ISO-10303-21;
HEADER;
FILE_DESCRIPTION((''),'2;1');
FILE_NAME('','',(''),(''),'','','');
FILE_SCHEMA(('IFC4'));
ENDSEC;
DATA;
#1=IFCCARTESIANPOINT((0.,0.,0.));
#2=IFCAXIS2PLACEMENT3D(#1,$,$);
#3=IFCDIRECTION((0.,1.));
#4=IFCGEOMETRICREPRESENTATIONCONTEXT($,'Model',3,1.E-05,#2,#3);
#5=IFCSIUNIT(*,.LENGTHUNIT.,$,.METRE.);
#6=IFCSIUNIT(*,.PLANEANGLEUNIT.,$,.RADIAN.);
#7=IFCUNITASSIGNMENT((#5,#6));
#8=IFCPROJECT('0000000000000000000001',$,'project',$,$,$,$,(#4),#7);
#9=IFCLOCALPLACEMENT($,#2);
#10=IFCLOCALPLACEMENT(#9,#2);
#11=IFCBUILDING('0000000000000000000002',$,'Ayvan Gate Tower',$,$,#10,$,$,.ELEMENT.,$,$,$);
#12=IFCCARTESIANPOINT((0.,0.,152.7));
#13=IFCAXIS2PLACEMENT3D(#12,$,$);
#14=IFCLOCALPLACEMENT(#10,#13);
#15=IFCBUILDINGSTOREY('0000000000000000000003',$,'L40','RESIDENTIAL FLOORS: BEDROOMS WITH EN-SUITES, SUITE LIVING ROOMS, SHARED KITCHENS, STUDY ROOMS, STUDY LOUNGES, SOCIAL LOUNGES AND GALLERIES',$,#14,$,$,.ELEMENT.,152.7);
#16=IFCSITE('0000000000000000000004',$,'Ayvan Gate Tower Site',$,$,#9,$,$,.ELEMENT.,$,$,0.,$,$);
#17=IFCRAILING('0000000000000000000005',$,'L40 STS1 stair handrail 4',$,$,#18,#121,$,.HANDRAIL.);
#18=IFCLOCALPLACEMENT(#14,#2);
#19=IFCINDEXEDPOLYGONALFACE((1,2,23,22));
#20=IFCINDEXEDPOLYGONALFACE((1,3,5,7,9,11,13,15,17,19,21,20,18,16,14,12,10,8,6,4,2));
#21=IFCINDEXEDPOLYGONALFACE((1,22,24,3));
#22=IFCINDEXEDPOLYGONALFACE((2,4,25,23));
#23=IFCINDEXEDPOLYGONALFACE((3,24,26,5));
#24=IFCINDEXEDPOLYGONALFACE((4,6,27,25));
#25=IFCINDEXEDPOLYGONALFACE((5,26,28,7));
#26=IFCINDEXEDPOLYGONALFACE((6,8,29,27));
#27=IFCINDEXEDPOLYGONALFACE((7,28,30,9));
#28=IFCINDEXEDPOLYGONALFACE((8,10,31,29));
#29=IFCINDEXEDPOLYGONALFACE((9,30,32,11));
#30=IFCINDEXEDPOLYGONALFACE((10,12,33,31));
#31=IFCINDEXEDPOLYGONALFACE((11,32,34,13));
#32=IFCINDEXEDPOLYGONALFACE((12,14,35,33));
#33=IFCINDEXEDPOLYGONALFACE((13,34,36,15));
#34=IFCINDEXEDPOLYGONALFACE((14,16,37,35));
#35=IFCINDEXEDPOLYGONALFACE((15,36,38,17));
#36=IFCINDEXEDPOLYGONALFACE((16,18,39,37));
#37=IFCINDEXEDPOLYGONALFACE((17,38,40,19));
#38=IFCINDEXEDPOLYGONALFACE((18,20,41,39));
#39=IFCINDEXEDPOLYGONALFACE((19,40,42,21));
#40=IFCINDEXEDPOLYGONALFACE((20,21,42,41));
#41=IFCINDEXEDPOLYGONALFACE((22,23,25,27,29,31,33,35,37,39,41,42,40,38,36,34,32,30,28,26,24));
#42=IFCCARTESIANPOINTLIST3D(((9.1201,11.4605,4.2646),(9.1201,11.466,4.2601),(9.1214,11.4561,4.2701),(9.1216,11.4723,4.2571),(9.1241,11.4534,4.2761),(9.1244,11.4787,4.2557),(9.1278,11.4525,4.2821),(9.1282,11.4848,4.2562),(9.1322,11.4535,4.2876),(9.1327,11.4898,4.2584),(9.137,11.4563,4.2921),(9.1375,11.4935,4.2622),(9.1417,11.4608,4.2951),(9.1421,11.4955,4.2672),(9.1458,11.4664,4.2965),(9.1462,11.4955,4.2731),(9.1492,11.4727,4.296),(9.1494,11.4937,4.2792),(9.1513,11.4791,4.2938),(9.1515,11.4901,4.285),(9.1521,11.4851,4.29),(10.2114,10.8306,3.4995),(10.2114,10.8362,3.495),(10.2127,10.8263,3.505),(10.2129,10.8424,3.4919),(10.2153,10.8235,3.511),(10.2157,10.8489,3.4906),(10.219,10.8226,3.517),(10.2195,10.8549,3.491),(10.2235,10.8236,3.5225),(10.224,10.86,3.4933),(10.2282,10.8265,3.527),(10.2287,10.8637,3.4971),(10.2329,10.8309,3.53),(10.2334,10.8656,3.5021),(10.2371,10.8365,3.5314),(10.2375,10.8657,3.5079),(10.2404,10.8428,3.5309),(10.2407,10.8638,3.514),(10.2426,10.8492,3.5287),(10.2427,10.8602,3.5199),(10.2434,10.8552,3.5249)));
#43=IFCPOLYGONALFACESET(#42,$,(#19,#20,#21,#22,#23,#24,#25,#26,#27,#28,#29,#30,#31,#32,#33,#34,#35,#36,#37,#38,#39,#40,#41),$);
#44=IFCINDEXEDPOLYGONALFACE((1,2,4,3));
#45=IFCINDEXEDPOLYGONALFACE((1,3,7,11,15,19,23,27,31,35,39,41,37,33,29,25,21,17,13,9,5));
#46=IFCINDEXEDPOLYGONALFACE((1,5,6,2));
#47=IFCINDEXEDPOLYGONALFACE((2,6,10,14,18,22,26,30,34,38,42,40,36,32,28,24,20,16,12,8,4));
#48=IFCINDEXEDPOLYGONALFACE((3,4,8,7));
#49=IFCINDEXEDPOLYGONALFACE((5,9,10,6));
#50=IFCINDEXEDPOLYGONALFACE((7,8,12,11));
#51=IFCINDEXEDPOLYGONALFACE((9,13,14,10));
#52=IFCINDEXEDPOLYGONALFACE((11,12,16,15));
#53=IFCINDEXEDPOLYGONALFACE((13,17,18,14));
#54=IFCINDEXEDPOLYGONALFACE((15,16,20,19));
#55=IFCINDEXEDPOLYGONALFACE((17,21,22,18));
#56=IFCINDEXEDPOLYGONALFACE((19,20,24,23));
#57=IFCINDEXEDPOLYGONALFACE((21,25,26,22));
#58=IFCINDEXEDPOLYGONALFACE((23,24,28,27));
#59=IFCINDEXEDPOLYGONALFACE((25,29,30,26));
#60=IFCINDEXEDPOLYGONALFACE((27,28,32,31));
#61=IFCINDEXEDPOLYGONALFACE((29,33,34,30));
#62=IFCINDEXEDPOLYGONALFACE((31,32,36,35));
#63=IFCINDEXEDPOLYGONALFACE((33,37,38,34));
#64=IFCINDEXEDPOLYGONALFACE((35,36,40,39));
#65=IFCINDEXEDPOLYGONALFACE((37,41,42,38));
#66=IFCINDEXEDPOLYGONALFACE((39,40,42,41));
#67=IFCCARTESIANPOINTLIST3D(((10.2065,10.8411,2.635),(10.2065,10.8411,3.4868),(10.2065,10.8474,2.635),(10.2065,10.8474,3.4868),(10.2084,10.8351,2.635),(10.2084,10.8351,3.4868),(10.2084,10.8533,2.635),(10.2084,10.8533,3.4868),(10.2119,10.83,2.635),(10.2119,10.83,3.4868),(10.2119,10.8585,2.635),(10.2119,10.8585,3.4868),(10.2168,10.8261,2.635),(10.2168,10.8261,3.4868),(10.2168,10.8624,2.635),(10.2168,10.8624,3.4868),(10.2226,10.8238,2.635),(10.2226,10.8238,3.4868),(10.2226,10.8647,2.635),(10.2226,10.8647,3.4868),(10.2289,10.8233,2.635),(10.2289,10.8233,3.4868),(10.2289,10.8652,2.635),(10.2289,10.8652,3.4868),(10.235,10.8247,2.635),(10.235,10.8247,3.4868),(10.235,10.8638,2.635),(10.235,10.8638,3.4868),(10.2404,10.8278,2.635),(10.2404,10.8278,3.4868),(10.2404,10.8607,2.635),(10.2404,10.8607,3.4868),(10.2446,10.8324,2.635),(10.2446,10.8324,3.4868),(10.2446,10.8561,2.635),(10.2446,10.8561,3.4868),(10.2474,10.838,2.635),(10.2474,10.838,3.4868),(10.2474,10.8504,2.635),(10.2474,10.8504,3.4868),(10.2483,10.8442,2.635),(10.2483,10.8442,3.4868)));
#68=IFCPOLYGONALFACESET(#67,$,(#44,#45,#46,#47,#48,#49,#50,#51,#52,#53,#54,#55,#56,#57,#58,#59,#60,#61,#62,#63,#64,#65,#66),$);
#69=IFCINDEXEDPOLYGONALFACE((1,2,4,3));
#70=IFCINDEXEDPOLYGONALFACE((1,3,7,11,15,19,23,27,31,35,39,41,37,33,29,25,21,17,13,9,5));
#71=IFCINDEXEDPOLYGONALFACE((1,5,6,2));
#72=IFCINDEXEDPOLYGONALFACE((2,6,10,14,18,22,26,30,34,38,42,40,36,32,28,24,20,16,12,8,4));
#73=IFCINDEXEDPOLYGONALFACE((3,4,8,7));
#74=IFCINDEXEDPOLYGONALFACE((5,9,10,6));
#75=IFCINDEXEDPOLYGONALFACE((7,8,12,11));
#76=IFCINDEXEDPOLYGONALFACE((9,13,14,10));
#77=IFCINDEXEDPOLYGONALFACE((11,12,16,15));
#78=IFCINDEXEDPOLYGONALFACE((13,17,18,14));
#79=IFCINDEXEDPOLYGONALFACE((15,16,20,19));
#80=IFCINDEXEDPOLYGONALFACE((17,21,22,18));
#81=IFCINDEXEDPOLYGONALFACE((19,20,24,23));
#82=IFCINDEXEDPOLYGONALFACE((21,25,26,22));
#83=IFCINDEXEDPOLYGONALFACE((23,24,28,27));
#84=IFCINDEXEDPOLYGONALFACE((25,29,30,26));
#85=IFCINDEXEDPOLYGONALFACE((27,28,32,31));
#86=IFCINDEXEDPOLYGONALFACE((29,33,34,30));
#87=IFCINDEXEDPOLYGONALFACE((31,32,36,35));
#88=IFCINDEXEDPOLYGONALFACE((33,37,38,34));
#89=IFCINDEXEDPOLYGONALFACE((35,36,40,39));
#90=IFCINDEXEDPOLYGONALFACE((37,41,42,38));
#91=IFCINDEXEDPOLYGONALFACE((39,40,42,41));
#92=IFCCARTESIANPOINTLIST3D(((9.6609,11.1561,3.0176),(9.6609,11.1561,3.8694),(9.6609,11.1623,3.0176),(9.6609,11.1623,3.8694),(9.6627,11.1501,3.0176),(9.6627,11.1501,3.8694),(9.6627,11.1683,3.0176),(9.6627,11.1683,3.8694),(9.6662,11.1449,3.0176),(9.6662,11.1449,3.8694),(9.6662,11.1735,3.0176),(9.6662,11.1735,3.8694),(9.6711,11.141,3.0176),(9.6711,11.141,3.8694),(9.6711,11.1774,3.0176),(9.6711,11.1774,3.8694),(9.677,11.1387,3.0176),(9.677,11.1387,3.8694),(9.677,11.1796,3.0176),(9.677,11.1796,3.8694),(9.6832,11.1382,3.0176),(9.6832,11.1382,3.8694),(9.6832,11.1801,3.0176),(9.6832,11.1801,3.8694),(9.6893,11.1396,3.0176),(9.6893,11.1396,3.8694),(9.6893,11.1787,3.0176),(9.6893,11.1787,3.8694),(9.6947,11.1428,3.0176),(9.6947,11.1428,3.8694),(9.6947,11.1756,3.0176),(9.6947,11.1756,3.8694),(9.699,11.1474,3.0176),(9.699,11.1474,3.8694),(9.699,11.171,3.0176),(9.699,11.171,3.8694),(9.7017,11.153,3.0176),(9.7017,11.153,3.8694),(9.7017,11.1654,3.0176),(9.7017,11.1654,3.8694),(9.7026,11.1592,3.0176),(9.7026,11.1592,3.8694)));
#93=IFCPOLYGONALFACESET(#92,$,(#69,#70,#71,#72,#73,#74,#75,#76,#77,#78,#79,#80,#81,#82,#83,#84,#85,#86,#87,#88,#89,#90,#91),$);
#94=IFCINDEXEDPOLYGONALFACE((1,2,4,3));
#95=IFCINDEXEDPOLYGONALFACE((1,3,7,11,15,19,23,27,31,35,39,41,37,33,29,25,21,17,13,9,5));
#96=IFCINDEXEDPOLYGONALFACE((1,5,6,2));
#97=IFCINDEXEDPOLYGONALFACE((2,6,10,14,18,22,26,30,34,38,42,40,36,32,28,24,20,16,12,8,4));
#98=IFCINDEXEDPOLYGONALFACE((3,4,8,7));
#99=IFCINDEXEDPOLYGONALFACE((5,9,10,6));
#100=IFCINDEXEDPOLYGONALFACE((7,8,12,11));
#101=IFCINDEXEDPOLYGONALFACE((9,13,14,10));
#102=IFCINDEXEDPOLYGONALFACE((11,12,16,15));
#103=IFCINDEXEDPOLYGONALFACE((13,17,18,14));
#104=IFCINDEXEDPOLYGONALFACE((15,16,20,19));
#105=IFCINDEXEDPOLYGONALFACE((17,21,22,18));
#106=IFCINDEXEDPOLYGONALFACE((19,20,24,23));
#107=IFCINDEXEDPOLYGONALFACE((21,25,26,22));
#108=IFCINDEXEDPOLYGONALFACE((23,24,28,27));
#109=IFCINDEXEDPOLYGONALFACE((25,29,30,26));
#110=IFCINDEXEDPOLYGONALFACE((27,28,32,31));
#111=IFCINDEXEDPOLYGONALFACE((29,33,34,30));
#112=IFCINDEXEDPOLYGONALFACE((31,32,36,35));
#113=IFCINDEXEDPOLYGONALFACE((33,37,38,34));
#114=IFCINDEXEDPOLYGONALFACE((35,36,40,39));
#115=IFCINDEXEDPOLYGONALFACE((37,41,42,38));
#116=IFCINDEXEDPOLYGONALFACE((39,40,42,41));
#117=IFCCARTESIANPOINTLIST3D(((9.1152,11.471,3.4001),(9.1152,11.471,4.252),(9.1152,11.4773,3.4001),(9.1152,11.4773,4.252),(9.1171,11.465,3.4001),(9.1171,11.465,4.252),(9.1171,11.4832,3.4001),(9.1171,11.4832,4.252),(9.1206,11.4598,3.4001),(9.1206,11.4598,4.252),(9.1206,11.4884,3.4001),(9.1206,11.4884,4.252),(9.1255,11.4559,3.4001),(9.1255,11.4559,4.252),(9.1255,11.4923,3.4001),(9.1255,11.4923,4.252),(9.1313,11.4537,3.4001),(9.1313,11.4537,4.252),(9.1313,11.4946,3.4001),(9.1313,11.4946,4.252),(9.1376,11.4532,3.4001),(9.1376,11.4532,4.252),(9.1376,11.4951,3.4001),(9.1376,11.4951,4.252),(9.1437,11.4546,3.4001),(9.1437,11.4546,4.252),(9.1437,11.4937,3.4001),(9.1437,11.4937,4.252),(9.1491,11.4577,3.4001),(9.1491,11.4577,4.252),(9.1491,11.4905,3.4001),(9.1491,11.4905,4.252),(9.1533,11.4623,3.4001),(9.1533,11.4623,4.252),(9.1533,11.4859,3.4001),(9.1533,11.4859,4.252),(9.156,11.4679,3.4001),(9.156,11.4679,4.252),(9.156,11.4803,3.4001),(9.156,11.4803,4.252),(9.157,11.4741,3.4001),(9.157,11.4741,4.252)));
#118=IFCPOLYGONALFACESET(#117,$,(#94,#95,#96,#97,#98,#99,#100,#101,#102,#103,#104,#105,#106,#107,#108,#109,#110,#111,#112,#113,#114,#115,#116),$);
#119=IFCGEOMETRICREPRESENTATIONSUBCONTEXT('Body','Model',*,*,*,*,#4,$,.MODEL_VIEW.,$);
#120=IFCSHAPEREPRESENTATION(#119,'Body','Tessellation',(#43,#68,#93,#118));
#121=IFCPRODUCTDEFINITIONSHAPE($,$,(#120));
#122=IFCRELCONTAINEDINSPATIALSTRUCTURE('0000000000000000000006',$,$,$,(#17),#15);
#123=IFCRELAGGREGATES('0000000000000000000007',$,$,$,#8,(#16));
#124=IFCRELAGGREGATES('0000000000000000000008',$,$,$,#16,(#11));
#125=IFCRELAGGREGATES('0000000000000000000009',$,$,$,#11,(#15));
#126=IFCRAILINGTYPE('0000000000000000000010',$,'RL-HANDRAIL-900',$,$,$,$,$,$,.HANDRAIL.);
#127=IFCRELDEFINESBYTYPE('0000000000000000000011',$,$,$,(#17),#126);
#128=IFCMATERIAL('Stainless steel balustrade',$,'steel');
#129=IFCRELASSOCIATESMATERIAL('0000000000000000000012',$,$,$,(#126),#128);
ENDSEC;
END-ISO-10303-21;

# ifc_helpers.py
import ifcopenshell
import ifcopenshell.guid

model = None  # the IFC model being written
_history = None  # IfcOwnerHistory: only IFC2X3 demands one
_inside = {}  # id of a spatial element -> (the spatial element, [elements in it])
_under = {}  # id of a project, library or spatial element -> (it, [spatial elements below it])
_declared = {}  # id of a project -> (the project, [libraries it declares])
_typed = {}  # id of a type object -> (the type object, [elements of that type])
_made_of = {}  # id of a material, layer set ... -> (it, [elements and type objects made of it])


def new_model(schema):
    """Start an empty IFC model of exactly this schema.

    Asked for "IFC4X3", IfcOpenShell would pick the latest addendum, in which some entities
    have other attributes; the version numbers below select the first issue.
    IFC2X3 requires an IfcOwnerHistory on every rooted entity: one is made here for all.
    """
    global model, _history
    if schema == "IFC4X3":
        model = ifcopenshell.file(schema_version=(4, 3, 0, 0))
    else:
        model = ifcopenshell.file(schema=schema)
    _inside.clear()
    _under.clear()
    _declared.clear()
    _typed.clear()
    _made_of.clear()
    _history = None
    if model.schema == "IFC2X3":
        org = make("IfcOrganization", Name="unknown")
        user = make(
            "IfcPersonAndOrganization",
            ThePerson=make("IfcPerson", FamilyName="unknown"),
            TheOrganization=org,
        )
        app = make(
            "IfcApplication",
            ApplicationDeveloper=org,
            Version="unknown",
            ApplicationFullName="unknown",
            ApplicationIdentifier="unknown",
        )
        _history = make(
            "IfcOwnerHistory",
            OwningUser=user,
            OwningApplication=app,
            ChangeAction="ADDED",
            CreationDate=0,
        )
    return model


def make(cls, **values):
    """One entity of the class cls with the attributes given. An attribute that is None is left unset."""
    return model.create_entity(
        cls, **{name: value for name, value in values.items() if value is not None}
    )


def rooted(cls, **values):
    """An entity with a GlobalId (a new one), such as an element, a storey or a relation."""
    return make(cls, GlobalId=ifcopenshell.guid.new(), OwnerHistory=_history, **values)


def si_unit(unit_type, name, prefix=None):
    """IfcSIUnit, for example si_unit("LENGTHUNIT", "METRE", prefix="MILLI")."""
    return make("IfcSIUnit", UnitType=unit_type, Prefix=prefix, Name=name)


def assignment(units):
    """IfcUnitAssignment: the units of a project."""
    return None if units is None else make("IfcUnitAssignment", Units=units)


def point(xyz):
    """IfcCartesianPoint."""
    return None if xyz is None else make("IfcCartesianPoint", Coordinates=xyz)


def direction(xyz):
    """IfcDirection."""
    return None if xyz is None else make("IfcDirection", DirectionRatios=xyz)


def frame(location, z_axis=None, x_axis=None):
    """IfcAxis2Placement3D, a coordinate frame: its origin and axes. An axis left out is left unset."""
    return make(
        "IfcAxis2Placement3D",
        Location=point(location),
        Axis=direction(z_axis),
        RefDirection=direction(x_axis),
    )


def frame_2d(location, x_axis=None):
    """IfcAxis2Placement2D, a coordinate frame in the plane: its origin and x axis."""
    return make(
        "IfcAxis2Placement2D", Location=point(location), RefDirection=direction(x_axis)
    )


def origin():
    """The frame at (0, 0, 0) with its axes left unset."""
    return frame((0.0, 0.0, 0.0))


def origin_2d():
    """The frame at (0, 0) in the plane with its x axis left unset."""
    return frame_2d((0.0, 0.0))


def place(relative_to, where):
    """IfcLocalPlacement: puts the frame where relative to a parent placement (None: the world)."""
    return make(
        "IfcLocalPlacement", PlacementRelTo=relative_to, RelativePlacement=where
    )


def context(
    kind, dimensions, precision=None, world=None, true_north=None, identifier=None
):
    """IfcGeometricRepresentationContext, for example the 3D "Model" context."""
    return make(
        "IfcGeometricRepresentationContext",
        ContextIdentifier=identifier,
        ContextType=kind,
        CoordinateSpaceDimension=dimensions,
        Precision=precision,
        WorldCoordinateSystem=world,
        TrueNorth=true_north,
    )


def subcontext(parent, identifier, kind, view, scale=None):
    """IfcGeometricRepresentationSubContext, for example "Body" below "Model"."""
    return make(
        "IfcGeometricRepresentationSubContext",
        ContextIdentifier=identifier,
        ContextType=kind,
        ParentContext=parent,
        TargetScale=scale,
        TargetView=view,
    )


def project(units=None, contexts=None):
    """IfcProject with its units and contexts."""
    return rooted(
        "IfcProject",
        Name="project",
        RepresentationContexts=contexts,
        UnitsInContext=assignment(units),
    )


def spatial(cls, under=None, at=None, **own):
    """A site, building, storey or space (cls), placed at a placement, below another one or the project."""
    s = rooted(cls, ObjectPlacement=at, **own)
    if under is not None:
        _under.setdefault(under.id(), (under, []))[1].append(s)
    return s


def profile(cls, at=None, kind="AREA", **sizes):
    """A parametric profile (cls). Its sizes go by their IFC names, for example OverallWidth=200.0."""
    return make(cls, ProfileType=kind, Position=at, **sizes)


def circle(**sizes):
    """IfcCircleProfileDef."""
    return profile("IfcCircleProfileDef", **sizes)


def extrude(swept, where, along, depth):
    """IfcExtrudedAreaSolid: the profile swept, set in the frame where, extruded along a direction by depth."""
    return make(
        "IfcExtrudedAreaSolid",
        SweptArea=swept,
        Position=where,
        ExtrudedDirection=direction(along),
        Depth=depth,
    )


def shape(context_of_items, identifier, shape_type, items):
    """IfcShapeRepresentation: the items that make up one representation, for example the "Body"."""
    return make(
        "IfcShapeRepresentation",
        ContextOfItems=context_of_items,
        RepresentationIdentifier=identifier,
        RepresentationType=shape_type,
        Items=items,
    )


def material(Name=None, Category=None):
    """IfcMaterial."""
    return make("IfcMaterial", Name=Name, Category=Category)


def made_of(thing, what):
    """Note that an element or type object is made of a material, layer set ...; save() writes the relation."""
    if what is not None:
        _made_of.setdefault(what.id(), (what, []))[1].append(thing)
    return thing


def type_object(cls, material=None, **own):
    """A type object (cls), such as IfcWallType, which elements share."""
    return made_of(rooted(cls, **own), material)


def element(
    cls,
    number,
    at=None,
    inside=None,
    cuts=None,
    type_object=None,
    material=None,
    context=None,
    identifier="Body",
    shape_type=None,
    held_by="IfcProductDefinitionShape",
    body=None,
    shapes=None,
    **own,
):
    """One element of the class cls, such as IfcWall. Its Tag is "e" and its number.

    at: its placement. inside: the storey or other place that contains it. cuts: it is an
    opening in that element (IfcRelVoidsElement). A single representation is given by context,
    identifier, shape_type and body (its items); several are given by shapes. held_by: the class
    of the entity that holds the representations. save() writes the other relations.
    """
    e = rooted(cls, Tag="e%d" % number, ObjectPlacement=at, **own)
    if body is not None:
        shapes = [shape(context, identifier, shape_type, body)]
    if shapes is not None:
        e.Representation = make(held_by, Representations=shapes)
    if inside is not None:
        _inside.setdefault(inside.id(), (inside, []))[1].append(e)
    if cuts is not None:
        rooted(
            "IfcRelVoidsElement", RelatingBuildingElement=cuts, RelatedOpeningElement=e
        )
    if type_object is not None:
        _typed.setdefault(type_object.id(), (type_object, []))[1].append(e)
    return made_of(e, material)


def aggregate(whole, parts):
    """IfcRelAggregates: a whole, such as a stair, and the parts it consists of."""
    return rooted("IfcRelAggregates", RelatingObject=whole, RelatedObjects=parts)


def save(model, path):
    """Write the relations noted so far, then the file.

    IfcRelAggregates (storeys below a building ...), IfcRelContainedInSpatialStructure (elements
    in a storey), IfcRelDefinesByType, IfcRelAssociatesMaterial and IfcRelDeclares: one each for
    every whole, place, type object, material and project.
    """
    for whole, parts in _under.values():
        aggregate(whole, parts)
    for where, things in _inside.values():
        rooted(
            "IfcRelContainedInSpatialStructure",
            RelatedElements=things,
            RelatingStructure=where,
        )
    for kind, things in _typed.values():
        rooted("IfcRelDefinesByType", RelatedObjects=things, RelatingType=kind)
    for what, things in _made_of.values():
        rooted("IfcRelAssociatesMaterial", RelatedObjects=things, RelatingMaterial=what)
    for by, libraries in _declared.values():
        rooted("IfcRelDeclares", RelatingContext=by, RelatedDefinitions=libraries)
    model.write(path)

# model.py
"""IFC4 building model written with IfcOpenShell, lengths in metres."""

from ifc_helpers import new_model, si_unit, direction, frame, origin, origin_2d, place, context, subcontext, project, spatial, circle, extrude, material, type_object, element, save


model = new_model("IFC4")

# Units and contexts
model_context = context("Model", 3, precision=1e-05, world=origin(), true_north=direction((0.0, 1.0)))
body_context = subcontext(model_context, "Body", "Model", "MODEL_VIEW")
ifc_project = project(units=[si_unit("LENGTHUNIT", "METRE"), si_unit("PLANEANGLEUNIT", "RADIAN")], contexts=[model_context])

# Site, building, storey
site_placement = place(None, origin())
site = spatial("IfcSite", under=ifc_project, at=site_placement, Name="Ayvan Gate Tower Site", CompositionType="ELEMENT", RefElevation=0.0)
building_placement = place(site_placement, origin())
building = spatial("IfcBuilding", under=site, at=building_placement, Name="Ayvan Gate Tower", CompositionType="ELEMENT")
storey_placement = place(building_placement, frame((0.0, 0.0, 152.7)))
storey = spatial("IfcBuildingStorey", under=building, at=storey_placement, Name="L40", Description="RESIDENTIAL FLOORS: BEDROOMS WITH EN-SUITES, SUITE LIVING ROOMS, SHARED KITCHENS, STUDY ROOMS, STUDY LOUNGES, SOCIAL LOUNGES AND GALLERIES", CompositionType="ELEMENT", Elevation=152.7)

# Railing
ifc_material_1 = material(Name="Stainless steel balustrade", Category="steel")
railing_type_1 = type_object("IfcRailingType", Name="RL-HANDRAIL-900", PredefinedType="HANDRAIL", material=ifc_material_1)
railing_1_placement = place(storey_placement, frame((10.2273, 10.8442, 2.635)))
element("IfcRailing", 1, at=railing_1_placement, inside=storey, type_object=railing_type_1, Name="L40 STS1 stair handrail 4", PredefinedType="HANDRAIL", context=body_context, shape_type="SweptSolid", body=[
    extrude(circle(Radius=0.0239, at=origin_2d()), frame((0.0, 0.0, 0.876), z_axis=(-0.740293, 0.427283, 0.519033), x_axis=(-0.49989, -0.866089, 0.0)), (0.0, 0.0, 1.0), 1.4741),
    extrude(circle(Radius=0.021, at=origin_2d()), origin(), (0.0, 0.0, 1.0), 0.8518),
    extrude(circle(Radius=0.021, at=origin_2d()), frame((-0.5457, 0.3149, 0.3826)), (0.0, 0.0, 1.0), 0.8518),
    extrude(circle(Radius=0.021, at=origin_2d()), frame((-1.0913, 0.6299, 0.7651)), (0.0, 0.0, 1.0), 0.8518),
])

save(model, "model.ifc")
